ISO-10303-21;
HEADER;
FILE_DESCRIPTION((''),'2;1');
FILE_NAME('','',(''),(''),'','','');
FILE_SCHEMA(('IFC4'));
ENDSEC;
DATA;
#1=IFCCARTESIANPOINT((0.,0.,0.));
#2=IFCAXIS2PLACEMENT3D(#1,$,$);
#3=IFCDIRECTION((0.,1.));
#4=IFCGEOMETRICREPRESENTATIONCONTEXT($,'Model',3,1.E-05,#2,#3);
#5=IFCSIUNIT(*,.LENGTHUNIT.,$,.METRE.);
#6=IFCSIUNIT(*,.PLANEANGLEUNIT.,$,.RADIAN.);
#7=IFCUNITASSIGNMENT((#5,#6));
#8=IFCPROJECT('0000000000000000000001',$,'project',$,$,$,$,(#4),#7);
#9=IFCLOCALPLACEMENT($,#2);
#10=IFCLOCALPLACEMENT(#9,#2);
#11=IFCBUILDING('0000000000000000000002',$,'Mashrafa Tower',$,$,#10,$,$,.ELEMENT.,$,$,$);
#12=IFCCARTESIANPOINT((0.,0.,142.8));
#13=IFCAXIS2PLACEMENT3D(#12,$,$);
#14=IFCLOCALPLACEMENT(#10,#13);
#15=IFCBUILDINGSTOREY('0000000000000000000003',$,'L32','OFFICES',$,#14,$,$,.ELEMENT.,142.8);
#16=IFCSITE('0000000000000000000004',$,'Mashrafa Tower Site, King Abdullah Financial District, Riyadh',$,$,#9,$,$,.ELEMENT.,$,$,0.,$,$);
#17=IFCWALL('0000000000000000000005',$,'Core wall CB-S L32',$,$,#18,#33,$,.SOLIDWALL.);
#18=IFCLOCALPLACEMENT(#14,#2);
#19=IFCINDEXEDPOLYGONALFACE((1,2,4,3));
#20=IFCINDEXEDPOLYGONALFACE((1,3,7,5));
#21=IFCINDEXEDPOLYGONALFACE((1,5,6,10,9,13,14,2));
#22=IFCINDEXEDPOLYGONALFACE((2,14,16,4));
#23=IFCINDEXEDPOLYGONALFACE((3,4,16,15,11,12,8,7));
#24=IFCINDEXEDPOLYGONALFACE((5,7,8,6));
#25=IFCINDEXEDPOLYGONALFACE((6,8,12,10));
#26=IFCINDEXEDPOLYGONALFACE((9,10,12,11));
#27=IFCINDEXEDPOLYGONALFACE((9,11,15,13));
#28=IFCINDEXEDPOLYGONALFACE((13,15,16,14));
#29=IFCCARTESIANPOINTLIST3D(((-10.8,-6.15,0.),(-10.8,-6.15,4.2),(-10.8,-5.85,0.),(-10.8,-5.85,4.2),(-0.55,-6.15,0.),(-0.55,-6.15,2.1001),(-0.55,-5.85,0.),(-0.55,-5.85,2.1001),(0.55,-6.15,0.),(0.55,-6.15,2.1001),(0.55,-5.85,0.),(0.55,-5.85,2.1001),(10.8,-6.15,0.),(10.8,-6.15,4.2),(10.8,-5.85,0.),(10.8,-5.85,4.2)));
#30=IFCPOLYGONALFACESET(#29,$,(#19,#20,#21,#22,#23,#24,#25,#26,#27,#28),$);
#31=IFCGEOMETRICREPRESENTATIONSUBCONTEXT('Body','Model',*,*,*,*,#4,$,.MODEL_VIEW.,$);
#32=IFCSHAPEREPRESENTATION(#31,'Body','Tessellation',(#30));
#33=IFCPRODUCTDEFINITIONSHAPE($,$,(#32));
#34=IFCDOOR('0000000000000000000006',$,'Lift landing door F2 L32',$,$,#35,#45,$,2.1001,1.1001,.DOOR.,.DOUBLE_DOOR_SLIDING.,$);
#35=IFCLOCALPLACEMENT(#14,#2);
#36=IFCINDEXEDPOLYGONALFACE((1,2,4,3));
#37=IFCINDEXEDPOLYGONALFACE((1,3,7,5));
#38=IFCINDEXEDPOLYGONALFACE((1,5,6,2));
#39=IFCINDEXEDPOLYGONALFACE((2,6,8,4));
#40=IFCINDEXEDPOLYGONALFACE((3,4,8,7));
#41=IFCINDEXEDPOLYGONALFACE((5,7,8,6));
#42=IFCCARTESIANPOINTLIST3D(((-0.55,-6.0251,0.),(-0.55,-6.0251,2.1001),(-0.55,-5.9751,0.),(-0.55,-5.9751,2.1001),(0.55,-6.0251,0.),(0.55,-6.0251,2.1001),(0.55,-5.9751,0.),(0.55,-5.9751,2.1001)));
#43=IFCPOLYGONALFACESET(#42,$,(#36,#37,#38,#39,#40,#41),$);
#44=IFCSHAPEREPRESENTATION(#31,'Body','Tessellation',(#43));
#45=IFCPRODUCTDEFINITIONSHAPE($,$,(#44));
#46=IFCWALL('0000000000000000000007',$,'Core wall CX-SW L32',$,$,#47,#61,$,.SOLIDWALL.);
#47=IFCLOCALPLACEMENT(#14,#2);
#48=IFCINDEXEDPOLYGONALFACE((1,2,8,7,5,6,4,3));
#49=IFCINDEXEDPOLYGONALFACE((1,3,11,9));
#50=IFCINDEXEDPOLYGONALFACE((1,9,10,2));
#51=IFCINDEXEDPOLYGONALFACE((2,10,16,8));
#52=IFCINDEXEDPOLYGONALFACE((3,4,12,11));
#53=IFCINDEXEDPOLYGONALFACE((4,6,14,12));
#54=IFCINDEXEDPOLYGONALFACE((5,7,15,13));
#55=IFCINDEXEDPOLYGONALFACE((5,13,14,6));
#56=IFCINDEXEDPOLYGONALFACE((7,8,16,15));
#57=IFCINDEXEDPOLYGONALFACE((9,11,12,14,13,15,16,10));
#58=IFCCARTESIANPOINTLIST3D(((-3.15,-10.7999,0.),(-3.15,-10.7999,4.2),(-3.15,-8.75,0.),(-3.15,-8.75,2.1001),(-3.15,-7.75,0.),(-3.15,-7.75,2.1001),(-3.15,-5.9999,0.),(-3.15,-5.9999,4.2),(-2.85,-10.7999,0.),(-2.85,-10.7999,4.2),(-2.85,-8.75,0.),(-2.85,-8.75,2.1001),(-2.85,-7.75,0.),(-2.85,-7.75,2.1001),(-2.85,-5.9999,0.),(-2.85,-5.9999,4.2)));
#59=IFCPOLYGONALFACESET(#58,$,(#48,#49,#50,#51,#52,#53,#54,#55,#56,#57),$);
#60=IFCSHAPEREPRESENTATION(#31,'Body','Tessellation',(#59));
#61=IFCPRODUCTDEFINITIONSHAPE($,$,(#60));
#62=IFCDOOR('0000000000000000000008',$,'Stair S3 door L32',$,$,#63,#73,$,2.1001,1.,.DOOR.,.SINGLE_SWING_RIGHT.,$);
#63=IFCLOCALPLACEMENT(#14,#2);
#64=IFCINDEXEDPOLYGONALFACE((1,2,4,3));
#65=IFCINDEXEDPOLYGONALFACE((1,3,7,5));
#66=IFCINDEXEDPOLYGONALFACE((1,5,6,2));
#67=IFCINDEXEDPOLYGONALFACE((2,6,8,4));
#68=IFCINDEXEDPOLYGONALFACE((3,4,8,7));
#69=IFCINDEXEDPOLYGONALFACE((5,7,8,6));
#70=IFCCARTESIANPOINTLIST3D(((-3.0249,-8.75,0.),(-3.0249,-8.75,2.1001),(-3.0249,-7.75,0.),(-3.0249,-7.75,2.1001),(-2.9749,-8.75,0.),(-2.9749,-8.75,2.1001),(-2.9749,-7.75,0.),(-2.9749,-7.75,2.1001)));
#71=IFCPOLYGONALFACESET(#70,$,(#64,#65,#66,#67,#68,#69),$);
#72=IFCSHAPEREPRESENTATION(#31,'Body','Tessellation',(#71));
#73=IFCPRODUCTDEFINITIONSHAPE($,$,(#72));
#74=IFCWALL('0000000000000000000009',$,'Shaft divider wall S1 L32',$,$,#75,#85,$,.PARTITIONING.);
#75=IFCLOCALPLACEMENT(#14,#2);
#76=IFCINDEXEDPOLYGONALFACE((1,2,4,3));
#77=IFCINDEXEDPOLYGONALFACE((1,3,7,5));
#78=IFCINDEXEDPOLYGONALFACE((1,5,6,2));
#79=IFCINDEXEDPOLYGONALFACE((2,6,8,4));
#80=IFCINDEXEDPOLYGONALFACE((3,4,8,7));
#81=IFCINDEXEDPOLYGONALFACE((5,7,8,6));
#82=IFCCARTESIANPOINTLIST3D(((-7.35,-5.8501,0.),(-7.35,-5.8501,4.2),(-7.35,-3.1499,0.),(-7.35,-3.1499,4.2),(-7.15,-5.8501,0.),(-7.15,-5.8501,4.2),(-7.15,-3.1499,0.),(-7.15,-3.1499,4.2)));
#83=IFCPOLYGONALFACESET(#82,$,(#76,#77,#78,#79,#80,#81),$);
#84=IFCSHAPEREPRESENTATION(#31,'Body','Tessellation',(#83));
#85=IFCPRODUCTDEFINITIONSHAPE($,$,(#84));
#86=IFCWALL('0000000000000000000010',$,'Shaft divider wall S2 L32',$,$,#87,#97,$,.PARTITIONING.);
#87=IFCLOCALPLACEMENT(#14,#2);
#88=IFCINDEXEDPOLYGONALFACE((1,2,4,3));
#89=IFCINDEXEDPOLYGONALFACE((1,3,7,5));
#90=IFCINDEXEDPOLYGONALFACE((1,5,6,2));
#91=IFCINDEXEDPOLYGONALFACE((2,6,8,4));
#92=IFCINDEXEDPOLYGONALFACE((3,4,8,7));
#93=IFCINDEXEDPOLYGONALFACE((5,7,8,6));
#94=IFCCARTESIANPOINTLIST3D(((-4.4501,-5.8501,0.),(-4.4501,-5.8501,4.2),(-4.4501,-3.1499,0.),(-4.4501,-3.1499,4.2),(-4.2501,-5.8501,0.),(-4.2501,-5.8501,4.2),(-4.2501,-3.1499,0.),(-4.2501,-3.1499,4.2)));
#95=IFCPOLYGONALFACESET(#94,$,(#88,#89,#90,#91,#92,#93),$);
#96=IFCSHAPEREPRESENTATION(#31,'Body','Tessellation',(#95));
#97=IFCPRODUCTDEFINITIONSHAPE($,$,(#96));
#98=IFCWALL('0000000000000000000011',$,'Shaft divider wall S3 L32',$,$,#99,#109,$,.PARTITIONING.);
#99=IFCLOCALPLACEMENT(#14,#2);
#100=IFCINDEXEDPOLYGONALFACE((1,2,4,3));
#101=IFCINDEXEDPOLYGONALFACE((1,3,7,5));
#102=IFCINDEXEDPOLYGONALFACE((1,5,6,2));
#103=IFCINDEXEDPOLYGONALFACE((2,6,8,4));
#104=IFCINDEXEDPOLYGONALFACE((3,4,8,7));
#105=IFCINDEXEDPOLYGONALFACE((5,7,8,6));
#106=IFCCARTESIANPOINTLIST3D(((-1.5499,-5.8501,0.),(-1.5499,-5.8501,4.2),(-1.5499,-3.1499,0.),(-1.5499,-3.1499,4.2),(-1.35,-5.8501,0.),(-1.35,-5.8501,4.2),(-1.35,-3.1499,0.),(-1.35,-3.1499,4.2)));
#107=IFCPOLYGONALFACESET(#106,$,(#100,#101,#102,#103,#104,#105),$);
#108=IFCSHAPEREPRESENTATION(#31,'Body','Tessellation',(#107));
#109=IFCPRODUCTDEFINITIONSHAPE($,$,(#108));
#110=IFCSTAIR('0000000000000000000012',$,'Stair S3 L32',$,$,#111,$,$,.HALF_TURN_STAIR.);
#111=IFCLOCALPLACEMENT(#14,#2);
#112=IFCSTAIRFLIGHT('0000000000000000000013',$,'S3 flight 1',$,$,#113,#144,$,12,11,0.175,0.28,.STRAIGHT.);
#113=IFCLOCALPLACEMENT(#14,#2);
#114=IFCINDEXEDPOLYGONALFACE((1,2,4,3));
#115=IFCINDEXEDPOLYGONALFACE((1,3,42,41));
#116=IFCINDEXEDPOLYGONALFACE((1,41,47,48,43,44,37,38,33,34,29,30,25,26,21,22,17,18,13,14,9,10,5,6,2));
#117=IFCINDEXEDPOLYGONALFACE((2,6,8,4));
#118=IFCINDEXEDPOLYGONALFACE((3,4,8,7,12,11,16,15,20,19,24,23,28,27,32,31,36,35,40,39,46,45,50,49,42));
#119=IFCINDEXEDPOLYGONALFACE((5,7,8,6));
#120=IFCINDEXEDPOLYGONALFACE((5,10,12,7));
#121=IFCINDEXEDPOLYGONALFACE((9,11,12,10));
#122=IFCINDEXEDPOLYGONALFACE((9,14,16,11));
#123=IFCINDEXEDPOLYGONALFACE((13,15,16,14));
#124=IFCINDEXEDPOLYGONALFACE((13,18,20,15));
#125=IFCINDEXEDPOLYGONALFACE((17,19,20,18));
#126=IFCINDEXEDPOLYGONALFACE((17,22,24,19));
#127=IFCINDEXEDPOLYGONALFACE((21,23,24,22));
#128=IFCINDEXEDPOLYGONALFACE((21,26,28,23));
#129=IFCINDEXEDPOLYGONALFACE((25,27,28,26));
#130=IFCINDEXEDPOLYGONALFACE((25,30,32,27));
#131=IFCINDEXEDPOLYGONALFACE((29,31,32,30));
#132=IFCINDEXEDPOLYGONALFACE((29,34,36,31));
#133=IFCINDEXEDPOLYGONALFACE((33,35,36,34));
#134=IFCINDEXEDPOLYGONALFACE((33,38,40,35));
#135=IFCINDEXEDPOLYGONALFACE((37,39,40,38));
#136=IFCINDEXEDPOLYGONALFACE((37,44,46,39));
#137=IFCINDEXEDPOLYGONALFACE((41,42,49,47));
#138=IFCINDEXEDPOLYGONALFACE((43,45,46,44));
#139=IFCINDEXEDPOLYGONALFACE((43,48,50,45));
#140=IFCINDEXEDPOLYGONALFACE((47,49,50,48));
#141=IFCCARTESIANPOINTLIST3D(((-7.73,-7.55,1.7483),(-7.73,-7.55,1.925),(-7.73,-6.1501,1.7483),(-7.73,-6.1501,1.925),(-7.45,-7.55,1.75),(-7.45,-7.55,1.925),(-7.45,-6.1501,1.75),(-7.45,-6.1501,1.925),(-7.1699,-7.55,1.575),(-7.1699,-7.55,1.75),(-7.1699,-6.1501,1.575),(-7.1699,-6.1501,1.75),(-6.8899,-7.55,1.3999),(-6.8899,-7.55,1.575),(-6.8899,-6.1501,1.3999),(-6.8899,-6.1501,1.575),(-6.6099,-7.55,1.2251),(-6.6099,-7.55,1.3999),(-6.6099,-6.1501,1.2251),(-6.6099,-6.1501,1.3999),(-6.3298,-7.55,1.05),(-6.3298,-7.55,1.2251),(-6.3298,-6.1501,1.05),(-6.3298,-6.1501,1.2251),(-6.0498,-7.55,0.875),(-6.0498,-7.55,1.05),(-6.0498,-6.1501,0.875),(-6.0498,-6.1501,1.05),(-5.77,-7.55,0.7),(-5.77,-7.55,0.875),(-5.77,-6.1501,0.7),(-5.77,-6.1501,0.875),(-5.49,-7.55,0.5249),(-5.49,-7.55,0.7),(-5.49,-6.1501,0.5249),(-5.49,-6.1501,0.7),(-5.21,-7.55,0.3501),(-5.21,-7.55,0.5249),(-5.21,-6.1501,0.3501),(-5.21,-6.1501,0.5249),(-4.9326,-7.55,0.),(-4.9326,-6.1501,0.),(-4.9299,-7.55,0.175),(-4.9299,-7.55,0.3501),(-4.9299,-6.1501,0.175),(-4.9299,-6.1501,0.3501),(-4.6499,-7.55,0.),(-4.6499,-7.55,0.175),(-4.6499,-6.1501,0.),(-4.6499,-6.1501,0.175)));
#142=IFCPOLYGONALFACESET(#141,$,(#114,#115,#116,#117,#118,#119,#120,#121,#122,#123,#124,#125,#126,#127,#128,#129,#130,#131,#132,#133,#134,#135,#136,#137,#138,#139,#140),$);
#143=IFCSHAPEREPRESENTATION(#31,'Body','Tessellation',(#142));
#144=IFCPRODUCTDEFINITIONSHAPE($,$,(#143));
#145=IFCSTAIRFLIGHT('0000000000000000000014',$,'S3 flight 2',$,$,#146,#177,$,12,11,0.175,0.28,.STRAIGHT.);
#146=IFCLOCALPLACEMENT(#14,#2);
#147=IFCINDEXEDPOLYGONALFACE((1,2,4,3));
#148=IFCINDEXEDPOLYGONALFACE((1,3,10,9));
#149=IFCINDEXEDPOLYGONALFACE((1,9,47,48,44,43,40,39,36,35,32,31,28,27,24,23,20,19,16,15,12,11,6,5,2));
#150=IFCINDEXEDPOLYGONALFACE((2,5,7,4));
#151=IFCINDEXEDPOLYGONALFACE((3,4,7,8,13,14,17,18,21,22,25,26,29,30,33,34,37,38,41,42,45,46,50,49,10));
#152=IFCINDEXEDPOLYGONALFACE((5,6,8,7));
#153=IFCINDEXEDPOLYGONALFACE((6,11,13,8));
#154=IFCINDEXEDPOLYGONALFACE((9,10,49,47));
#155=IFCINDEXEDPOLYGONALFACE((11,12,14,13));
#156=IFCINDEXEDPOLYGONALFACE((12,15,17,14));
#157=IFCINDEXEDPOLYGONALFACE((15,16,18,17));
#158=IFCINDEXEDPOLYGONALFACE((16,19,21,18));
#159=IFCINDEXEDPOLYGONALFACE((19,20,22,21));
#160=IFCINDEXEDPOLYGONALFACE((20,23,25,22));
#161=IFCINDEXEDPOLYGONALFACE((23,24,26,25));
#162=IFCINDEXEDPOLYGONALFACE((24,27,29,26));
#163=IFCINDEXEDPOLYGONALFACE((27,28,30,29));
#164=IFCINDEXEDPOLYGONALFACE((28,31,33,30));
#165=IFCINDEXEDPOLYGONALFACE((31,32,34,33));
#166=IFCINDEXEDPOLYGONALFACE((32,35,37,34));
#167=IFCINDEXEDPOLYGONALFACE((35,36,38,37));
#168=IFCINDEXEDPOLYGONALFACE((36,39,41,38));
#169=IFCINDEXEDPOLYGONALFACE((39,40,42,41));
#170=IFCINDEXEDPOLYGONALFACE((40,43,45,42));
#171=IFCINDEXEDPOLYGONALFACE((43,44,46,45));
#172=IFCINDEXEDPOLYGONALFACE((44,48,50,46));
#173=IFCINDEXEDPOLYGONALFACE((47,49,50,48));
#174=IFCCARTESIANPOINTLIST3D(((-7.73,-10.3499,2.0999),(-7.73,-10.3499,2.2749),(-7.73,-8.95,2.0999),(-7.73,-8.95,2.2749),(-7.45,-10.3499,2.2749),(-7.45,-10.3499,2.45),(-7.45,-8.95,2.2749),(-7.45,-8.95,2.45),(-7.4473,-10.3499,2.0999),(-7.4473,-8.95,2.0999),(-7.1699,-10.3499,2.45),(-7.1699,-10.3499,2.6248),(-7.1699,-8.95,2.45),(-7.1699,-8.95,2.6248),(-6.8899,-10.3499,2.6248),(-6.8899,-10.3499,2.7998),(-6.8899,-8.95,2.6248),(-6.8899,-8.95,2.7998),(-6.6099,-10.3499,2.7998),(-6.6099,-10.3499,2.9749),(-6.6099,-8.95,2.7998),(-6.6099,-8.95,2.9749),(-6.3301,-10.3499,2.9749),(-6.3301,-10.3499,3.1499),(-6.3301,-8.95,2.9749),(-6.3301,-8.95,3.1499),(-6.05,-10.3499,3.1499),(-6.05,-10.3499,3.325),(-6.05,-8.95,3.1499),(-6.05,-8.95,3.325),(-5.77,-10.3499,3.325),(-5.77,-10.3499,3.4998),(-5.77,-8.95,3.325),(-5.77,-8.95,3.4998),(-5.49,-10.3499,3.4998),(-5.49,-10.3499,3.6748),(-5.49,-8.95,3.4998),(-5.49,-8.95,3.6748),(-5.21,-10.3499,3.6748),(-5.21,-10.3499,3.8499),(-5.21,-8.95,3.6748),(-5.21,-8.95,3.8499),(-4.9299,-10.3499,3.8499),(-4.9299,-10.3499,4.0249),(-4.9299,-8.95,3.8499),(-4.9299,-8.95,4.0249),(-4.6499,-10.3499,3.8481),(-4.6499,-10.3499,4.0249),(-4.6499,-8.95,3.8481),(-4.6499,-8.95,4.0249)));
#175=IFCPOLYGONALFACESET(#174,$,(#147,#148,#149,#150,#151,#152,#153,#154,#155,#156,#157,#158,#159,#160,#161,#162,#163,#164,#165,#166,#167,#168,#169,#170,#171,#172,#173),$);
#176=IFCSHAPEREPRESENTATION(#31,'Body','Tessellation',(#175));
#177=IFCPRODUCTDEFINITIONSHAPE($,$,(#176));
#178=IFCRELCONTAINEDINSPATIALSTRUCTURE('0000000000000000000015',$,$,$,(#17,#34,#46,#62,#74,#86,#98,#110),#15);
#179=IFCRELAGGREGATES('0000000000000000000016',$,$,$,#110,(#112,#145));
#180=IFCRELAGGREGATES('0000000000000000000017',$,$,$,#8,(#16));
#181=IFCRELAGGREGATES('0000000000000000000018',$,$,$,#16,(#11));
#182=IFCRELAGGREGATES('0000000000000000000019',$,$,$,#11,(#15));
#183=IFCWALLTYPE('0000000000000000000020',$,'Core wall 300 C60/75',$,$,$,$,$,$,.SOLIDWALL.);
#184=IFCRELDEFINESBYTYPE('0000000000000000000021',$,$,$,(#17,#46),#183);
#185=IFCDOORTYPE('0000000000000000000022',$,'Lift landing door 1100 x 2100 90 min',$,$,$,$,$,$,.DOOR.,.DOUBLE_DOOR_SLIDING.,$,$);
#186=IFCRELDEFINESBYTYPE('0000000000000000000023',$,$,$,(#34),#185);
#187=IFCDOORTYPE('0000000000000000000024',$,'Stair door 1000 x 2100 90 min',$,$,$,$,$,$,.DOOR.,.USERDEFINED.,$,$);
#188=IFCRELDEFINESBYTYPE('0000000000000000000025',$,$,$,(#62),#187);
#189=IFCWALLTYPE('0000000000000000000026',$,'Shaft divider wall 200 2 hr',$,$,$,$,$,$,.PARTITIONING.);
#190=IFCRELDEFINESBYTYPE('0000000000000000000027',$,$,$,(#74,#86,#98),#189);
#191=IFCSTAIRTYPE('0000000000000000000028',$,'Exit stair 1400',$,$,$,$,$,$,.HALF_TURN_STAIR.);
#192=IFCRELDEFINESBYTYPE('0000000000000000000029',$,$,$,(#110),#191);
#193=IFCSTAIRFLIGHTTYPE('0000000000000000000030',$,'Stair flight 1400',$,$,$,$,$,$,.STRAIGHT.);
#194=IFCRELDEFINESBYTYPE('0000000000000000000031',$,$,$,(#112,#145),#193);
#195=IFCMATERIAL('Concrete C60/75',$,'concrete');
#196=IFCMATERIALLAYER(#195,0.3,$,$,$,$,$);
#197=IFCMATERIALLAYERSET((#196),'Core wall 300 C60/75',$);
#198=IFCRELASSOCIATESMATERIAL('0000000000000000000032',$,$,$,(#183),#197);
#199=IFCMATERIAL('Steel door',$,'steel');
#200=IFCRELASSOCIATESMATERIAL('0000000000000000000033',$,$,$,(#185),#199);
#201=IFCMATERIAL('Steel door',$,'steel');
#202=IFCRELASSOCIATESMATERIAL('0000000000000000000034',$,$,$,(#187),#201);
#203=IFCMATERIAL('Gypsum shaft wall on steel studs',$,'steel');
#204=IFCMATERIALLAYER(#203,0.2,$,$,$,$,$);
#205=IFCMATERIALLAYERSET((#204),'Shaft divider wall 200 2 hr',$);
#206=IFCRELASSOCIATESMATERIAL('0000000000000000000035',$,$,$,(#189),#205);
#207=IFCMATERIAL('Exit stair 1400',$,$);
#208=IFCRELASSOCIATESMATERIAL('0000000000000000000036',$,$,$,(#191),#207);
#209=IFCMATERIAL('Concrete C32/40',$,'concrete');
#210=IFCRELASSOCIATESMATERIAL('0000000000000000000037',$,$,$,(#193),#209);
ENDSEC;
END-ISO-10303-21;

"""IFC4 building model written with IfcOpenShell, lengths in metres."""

from ifc_helpers import new_model, si_unit, direction, frame, frame_2d, origin, place, context, subcontext, project, spatial, polyline, rectangle, outline, extrude, material, layer, layer_set, type_object, element, fill, aggregate, save


model = new_model("IFC4")

# Units and contexts
model_context = context("Model", 3, precision=1e-05, world=origin(), true_north=direction((0.0, 1.0)))
body_context = subcontext(model_context, "Body", "Model", "MODEL_VIEW")
ifc_project = project(units=[si_unit("LENGTHUNIT", "METRE"), si_unit("PLANEANGLEUNIT", "RADIAN")], contexts=[model_context])

# Site, building, storey
site_placement = place(None, origin())
site = spatial("IfcSite", under=ifc_project, at=site_placement, Name="Mashrafa Tower Site, King Abdullah Financial District, Riyadh", CompositionType="ELEMENT", RefElevation=0.0)
building_placement = place(site_placement, origin())
building = spatial("IfcBuilding", under=site, at=building_placement, Name="Mashrafa Tower", CompositionType="ELEMENT")
storey_placement = place(building_placement, frame((0.0, 0.0, 142.8)))
storey = spatial("IfcBuildingStorey", under=building, at=storey_placement, Name="L32", Description="OFFICES", CompositionType="ELEMENT", Elevation=142.8)

# Shared definitions
ifc_material_1 = material(Name="Concrete C60/75", Category="concrete")
ifc_layer_1 = layer(ifc_material_1, 0.3)
ifc_layer_set_1 = layer_set([ifc_layer_1], Name="Core wall 300 C60/75")
wall_type_1 = type_object("IfcWallType", Name="Core wall 300 C60/75", PredefinedType="SOLIDWALL", material=ifc_layer_set_1)
ifc_material_2 = material(Name="Steel door", Category="steel")
door_type_1 = type_object("IfcDoorType", Name="Lift landing door 1100 x 2100 90 min", OperationType="DOUBLE_DOOR_SLIDING", PredefinedType="DOOR", material=ifc_material_2)

# Walls, openings, doors
wall_1_placement = place(storey_placement, frame((-10.8, -6.0, 0.0), z_axis=(0.0, 0.0, 1.0), x_axis=(1.0, 0.0, 0.0)))
wall_1 = element("IfcWall", 1, at=wall_1_placement, inside=storey, type_object=wall_type_1, Name="Core wall CB-S L32", PredefinedType="SOLIDWALL", context=body_context, shape_type="SweptSolid", body=[
    extrude(rectangle(XDim=21.6001, YDim=0.3, at=frame_2d((10.8, 0.0))), origin(), (0.0, 0.0, 1.0), 4.2),
])
opening_1_placement = place(wall_1_placement, frame((10.25, 0.0, 0.0)))
opening_1 = element("IfcOpeningElement", 2, at=opening_1_placement, cuts=wall_1, PredefinedType="OPENING", context=body_context, shape_type="SweptSolid", body=[
    extrude(rectangle(XDim=1.1001, YDim=2.1001, at=frame_2d((0.55, 1.05))), frame((0.0, 0.1599, 0.0), z_axis=(0.0, -1.0, 0.0), x_axis=(1.0, 0.0, 0.0)), (0.0, 0.0, 1.0), 0.3201),
])
door_1_placement = place(opening_1_placement, origin())
door_1 = element("IfcDoor", 3, at=door_1_placement, inside=storey, type_object=door_type_1, Name="Lift landing door F2 L32", OperationType="DOUBLE_DOOR_SLIDING", OverallHeight=2.1001, OverallWidth=1.1001, PredefinedType="DOOR", context=body_context, shape_type="SweptSolid", body=[
    extrude(rectangle(XDim=1.1001, YDim=2.1001, at=frame_2d((0.55, 1.05))), frame((0.0, 0.0249, 0.0), z_axis=(0.0, -1.0, 0.0), x_axis=(1.0, 0.0, 0.0)), (0.0, 0.0, 1.0), 0.05),
])
fill(opening_1, door_1)
wall_2_placement = place(storey_placement, frame((-3.0, -6.0, 0.0), z_axis=(0.0, 0.0, 1.0), x_axis=(0.0, -1.0, 0.0)))
wall_2 = element("IfcWall", 4, at=wall_2_placement, inside=storey, type_object=wall_type_1, Name="Core wall CX-SW L32", PredefinedType="SOLIDWALL", context=body_context, shape_type="SweptSolid", body=[
    extrude(rectangle(XDim=4.8, YDim=0.3, at=frame_2d((2.3999, 0.0))), origin(), (0.0, 0.0, 1.0), 4.2),
])
opening_2_placement = place(wall_2_placement, frame((1.75, 0.0, 0.0)))
opening_2 = element("IfcOpeningElement", 5, at=opening_2_placement, cuts=wall_2, PredefinedType="OPENING", context=body_context, shape_type="SweptSolid", body=[
    extrude(rectangle(XDim=1.0, YDim=2.1001, at=frame_2d((0.5, 1.05))), frame((0.0, 0.1599, 0.0), z_axis=(0.0, -1.0, 0.0), x_axis=(1.0, 0.0, 0.0)), (0.0, 0.0, 1.0), 0.3201),
])
ifc_material_3 = material(Name="Steel door", Category="steel")
door_type_2 = type_object("IfcDoorType", Name="Stair door 1000 x 2100 90 min", OperationType="USERDEFINED", PredefinedType="DOOR", material=ifc_material_3)
door_2_placement = place(opening_2_placement, frame((1.0, 0.0, 0.0), z_axis=(0.0, 0.0, 1.0), x_axis=(-1.0, 0.0, 0.0)))
door_2 = element("IfcDoor", 6, at=door_2_placement, inside=storey, type_object=door_type_2, Name="Stair S3 door L32", OperationType="SINGLE_SWING_RIGHT", OverallHeight=2.1001, OverallWidth=1.0, PredefinedType="DOOR", context=body_context, shape_type="SweptSolid", body=[
    extrude(rectangle(XDim=1.0, YDim=2.1001, at=frame_2d((0.5, 1.05))), frame((0.0, 0.0249, 0.0), z_axis=(0.0, -1.0, 0.0), x_axis=(1.0, 0.0, 0.0)), (0.0, 0.0, 1.0), 0.05),
])
fill(opening_2, door_2)

# Walls
ifc_material_4 = material(Name="Gypsum shaft wall on steel studs", Category="steel")
ifc_layer_2 = layer(ifc_material_4, 0.2)
ifc_layer_set_2 = layer_set([ifc_layer_2], Name="Shaft divider wall 200 2 hr")
wall_type_2 = type_object("IfcWallType", Name="Shaft divider wall 200 2 hr", PredefinedType="PARTITIONING", material=ifc_layer_set_2)
for number, where, z_axis, x_axis, name in (
    (7, (-7.25, -5.8501, 0.0), (0.0, 0.0, 1.0), (0.0, 1.0, 0.0), "Shaft divider wall S1 L32"),
    (8, (-4.3501, -5.8501, 0.0), (0.0, 0.0, 1.0), (0.0, 1.0, 0.0), "Shaft divider wall S2 L32"),
    (9, (-1.45, -5.8501, 0.0), (0.0, 0.0, 1.0), (0.0, 1.0, 0.0), "Shaft divider wall S3 L32"),
):
    element("IfcWall", number, at=place(storey_placement, frame(where, z_axis=z_axis, x_axis=x_axis)), inside=storey, type_object=wall_type_2, Name=name, PredefinedType="PARTITIONING", context=body_context, shape_type="SweptSolid", body=[
        extrude(rectangle(XDim=2.7002, YDim=0.2, at=frame_2d((1.3501, 0.0))), origin(), (0.0, 0.0, 1.0), 4.2),
    ])

# Stair, stair flights
ifc_material_5 = material(Name="Exit stair 1400")
stair_type = type_object("IfcStairType", Name="Exit stair 1400", PredefinedType="HALF_TURN_STAIR", material=ifc_material_5)
stair_placement = place(storey_placement, origin())
stair = element("IfcStair", 10, at=stair_placement, inside=storey, type_object=stair_type, Name="Stair S3 L32", PredefinedType="HALF_TURN_STAIR")
ifc_material_6 = material(Name="Concrete C32/40", Category="concrete")
stair_flight_type = type_object("IfcStairFlightType", Name="Stair flight 1400", PredefinedType="STRAIGHT", material=ifc_material_6)
stair_flight_1_placement = place(storey_placement, frame((-4.6499, -6.8501, 0.0), z_axis=(0.0, 0.0, 1.0), x_axis=(-1.0, 0.0, 0.0)))
stair_flight_1 = element("IfcStairFlight", 11, at=stair_flight_1_placement, type_object=stair_flight_type, Name="S3 flight 1", NumberOfRisers=12, NumberOfTreads=11, PredefinedType="STRAIGHT", RiserHeight=0.175, TreadLength=0.28, context=body_context, shape_type="SweptSolid", body=[
    extrude(outline(polyline([(0.0, 0.0), (0.0, 0.175), (0.28, 0.175), (0.28, 0.3501), (0.5601, 0.3501), (0.5601, 0.5249), (0.8401, 0.5249), (0.8401, 0.7), (1.1201, 0.7), (1.1201, 0.875), (1.3999, 0.875), (1.3999, 1.05), (1.6799, 1.05), (1.6799, 1.2251), (1.96, 1.2251), (1.96, 1.3999), (2.24, 1.3999), (2.24, 1.575), (2.52, 1.575), (2.52, 1.75), (2.8, 1.75), (2.8, 1.925), (3.0801, 1.925), (3.0801, 2.1001), (3.0801, 1.7483), (0.2827, 0.0), (0.0, 0.0)])), frame((0.0, 0.7, 0.0), z_axis=(0.0, -1.0, 0.0), x_axis=(1.0, 0.0, 0.0)), (0.0, 0.0, 1.0), 1.3999),
])
stair_flight_2_placement = place(storey_placement, frame((-7.73, -9.6499, 2.0999), z_axis=(0.0, 0.0, 1.0), x_axis=(1.0, 0.0, 0.0)))
stair_flight_2 = element("IfcStairFlight", 12, at=stair_flight_2_placement, type_object=stair_flight_type, Name="S3 flight 2", NumberOfRisers=12, NumberOfTreads=11, PredefinedType="STRAIGHT", RiserHeight=0.175, TreadLength=0.28, context=body_context, shape_type="SweptSolid", body=[
    extrude(outline(polyline([(0.0, 0.0), (0.0, 0.175), (0.28, 0.175), (0.28, 0.3501), (0.5601, 0.3501), (0.5601, 0.5249), (0.8401, 0.5249), (0.8401, 0.7), (1.1201, 0.7), (1.1201, 0.875), (1.3999, 0.875), (1.3999, 1.05), (1.6799, 1.05), (1.6799, 1.2251), (1.96, 1.2251), (1.96, 1.3999), (2.24, 1.3999), (2.24, 1.575), (2.52, 1.575), (2.52, 1.75), (2.8, 1.75), (2.8, 1.925), (3.0801, 1.925), (3.0801, 2.1001), (3.0801, 1.7483), (0.2827, 0.0), (0.0, 0.0)])), frame((0.0, 0.7, 0.0), z_axis=(0.0, -1.0, 0.0), x_axis=(1.0, 0.0, 0.0)), (0.0, 0.0, 1.0), 1.3999),
])
aggregate(stair, [stair_flight_1, stair_flight_2])

save(model, "model.ifc")
